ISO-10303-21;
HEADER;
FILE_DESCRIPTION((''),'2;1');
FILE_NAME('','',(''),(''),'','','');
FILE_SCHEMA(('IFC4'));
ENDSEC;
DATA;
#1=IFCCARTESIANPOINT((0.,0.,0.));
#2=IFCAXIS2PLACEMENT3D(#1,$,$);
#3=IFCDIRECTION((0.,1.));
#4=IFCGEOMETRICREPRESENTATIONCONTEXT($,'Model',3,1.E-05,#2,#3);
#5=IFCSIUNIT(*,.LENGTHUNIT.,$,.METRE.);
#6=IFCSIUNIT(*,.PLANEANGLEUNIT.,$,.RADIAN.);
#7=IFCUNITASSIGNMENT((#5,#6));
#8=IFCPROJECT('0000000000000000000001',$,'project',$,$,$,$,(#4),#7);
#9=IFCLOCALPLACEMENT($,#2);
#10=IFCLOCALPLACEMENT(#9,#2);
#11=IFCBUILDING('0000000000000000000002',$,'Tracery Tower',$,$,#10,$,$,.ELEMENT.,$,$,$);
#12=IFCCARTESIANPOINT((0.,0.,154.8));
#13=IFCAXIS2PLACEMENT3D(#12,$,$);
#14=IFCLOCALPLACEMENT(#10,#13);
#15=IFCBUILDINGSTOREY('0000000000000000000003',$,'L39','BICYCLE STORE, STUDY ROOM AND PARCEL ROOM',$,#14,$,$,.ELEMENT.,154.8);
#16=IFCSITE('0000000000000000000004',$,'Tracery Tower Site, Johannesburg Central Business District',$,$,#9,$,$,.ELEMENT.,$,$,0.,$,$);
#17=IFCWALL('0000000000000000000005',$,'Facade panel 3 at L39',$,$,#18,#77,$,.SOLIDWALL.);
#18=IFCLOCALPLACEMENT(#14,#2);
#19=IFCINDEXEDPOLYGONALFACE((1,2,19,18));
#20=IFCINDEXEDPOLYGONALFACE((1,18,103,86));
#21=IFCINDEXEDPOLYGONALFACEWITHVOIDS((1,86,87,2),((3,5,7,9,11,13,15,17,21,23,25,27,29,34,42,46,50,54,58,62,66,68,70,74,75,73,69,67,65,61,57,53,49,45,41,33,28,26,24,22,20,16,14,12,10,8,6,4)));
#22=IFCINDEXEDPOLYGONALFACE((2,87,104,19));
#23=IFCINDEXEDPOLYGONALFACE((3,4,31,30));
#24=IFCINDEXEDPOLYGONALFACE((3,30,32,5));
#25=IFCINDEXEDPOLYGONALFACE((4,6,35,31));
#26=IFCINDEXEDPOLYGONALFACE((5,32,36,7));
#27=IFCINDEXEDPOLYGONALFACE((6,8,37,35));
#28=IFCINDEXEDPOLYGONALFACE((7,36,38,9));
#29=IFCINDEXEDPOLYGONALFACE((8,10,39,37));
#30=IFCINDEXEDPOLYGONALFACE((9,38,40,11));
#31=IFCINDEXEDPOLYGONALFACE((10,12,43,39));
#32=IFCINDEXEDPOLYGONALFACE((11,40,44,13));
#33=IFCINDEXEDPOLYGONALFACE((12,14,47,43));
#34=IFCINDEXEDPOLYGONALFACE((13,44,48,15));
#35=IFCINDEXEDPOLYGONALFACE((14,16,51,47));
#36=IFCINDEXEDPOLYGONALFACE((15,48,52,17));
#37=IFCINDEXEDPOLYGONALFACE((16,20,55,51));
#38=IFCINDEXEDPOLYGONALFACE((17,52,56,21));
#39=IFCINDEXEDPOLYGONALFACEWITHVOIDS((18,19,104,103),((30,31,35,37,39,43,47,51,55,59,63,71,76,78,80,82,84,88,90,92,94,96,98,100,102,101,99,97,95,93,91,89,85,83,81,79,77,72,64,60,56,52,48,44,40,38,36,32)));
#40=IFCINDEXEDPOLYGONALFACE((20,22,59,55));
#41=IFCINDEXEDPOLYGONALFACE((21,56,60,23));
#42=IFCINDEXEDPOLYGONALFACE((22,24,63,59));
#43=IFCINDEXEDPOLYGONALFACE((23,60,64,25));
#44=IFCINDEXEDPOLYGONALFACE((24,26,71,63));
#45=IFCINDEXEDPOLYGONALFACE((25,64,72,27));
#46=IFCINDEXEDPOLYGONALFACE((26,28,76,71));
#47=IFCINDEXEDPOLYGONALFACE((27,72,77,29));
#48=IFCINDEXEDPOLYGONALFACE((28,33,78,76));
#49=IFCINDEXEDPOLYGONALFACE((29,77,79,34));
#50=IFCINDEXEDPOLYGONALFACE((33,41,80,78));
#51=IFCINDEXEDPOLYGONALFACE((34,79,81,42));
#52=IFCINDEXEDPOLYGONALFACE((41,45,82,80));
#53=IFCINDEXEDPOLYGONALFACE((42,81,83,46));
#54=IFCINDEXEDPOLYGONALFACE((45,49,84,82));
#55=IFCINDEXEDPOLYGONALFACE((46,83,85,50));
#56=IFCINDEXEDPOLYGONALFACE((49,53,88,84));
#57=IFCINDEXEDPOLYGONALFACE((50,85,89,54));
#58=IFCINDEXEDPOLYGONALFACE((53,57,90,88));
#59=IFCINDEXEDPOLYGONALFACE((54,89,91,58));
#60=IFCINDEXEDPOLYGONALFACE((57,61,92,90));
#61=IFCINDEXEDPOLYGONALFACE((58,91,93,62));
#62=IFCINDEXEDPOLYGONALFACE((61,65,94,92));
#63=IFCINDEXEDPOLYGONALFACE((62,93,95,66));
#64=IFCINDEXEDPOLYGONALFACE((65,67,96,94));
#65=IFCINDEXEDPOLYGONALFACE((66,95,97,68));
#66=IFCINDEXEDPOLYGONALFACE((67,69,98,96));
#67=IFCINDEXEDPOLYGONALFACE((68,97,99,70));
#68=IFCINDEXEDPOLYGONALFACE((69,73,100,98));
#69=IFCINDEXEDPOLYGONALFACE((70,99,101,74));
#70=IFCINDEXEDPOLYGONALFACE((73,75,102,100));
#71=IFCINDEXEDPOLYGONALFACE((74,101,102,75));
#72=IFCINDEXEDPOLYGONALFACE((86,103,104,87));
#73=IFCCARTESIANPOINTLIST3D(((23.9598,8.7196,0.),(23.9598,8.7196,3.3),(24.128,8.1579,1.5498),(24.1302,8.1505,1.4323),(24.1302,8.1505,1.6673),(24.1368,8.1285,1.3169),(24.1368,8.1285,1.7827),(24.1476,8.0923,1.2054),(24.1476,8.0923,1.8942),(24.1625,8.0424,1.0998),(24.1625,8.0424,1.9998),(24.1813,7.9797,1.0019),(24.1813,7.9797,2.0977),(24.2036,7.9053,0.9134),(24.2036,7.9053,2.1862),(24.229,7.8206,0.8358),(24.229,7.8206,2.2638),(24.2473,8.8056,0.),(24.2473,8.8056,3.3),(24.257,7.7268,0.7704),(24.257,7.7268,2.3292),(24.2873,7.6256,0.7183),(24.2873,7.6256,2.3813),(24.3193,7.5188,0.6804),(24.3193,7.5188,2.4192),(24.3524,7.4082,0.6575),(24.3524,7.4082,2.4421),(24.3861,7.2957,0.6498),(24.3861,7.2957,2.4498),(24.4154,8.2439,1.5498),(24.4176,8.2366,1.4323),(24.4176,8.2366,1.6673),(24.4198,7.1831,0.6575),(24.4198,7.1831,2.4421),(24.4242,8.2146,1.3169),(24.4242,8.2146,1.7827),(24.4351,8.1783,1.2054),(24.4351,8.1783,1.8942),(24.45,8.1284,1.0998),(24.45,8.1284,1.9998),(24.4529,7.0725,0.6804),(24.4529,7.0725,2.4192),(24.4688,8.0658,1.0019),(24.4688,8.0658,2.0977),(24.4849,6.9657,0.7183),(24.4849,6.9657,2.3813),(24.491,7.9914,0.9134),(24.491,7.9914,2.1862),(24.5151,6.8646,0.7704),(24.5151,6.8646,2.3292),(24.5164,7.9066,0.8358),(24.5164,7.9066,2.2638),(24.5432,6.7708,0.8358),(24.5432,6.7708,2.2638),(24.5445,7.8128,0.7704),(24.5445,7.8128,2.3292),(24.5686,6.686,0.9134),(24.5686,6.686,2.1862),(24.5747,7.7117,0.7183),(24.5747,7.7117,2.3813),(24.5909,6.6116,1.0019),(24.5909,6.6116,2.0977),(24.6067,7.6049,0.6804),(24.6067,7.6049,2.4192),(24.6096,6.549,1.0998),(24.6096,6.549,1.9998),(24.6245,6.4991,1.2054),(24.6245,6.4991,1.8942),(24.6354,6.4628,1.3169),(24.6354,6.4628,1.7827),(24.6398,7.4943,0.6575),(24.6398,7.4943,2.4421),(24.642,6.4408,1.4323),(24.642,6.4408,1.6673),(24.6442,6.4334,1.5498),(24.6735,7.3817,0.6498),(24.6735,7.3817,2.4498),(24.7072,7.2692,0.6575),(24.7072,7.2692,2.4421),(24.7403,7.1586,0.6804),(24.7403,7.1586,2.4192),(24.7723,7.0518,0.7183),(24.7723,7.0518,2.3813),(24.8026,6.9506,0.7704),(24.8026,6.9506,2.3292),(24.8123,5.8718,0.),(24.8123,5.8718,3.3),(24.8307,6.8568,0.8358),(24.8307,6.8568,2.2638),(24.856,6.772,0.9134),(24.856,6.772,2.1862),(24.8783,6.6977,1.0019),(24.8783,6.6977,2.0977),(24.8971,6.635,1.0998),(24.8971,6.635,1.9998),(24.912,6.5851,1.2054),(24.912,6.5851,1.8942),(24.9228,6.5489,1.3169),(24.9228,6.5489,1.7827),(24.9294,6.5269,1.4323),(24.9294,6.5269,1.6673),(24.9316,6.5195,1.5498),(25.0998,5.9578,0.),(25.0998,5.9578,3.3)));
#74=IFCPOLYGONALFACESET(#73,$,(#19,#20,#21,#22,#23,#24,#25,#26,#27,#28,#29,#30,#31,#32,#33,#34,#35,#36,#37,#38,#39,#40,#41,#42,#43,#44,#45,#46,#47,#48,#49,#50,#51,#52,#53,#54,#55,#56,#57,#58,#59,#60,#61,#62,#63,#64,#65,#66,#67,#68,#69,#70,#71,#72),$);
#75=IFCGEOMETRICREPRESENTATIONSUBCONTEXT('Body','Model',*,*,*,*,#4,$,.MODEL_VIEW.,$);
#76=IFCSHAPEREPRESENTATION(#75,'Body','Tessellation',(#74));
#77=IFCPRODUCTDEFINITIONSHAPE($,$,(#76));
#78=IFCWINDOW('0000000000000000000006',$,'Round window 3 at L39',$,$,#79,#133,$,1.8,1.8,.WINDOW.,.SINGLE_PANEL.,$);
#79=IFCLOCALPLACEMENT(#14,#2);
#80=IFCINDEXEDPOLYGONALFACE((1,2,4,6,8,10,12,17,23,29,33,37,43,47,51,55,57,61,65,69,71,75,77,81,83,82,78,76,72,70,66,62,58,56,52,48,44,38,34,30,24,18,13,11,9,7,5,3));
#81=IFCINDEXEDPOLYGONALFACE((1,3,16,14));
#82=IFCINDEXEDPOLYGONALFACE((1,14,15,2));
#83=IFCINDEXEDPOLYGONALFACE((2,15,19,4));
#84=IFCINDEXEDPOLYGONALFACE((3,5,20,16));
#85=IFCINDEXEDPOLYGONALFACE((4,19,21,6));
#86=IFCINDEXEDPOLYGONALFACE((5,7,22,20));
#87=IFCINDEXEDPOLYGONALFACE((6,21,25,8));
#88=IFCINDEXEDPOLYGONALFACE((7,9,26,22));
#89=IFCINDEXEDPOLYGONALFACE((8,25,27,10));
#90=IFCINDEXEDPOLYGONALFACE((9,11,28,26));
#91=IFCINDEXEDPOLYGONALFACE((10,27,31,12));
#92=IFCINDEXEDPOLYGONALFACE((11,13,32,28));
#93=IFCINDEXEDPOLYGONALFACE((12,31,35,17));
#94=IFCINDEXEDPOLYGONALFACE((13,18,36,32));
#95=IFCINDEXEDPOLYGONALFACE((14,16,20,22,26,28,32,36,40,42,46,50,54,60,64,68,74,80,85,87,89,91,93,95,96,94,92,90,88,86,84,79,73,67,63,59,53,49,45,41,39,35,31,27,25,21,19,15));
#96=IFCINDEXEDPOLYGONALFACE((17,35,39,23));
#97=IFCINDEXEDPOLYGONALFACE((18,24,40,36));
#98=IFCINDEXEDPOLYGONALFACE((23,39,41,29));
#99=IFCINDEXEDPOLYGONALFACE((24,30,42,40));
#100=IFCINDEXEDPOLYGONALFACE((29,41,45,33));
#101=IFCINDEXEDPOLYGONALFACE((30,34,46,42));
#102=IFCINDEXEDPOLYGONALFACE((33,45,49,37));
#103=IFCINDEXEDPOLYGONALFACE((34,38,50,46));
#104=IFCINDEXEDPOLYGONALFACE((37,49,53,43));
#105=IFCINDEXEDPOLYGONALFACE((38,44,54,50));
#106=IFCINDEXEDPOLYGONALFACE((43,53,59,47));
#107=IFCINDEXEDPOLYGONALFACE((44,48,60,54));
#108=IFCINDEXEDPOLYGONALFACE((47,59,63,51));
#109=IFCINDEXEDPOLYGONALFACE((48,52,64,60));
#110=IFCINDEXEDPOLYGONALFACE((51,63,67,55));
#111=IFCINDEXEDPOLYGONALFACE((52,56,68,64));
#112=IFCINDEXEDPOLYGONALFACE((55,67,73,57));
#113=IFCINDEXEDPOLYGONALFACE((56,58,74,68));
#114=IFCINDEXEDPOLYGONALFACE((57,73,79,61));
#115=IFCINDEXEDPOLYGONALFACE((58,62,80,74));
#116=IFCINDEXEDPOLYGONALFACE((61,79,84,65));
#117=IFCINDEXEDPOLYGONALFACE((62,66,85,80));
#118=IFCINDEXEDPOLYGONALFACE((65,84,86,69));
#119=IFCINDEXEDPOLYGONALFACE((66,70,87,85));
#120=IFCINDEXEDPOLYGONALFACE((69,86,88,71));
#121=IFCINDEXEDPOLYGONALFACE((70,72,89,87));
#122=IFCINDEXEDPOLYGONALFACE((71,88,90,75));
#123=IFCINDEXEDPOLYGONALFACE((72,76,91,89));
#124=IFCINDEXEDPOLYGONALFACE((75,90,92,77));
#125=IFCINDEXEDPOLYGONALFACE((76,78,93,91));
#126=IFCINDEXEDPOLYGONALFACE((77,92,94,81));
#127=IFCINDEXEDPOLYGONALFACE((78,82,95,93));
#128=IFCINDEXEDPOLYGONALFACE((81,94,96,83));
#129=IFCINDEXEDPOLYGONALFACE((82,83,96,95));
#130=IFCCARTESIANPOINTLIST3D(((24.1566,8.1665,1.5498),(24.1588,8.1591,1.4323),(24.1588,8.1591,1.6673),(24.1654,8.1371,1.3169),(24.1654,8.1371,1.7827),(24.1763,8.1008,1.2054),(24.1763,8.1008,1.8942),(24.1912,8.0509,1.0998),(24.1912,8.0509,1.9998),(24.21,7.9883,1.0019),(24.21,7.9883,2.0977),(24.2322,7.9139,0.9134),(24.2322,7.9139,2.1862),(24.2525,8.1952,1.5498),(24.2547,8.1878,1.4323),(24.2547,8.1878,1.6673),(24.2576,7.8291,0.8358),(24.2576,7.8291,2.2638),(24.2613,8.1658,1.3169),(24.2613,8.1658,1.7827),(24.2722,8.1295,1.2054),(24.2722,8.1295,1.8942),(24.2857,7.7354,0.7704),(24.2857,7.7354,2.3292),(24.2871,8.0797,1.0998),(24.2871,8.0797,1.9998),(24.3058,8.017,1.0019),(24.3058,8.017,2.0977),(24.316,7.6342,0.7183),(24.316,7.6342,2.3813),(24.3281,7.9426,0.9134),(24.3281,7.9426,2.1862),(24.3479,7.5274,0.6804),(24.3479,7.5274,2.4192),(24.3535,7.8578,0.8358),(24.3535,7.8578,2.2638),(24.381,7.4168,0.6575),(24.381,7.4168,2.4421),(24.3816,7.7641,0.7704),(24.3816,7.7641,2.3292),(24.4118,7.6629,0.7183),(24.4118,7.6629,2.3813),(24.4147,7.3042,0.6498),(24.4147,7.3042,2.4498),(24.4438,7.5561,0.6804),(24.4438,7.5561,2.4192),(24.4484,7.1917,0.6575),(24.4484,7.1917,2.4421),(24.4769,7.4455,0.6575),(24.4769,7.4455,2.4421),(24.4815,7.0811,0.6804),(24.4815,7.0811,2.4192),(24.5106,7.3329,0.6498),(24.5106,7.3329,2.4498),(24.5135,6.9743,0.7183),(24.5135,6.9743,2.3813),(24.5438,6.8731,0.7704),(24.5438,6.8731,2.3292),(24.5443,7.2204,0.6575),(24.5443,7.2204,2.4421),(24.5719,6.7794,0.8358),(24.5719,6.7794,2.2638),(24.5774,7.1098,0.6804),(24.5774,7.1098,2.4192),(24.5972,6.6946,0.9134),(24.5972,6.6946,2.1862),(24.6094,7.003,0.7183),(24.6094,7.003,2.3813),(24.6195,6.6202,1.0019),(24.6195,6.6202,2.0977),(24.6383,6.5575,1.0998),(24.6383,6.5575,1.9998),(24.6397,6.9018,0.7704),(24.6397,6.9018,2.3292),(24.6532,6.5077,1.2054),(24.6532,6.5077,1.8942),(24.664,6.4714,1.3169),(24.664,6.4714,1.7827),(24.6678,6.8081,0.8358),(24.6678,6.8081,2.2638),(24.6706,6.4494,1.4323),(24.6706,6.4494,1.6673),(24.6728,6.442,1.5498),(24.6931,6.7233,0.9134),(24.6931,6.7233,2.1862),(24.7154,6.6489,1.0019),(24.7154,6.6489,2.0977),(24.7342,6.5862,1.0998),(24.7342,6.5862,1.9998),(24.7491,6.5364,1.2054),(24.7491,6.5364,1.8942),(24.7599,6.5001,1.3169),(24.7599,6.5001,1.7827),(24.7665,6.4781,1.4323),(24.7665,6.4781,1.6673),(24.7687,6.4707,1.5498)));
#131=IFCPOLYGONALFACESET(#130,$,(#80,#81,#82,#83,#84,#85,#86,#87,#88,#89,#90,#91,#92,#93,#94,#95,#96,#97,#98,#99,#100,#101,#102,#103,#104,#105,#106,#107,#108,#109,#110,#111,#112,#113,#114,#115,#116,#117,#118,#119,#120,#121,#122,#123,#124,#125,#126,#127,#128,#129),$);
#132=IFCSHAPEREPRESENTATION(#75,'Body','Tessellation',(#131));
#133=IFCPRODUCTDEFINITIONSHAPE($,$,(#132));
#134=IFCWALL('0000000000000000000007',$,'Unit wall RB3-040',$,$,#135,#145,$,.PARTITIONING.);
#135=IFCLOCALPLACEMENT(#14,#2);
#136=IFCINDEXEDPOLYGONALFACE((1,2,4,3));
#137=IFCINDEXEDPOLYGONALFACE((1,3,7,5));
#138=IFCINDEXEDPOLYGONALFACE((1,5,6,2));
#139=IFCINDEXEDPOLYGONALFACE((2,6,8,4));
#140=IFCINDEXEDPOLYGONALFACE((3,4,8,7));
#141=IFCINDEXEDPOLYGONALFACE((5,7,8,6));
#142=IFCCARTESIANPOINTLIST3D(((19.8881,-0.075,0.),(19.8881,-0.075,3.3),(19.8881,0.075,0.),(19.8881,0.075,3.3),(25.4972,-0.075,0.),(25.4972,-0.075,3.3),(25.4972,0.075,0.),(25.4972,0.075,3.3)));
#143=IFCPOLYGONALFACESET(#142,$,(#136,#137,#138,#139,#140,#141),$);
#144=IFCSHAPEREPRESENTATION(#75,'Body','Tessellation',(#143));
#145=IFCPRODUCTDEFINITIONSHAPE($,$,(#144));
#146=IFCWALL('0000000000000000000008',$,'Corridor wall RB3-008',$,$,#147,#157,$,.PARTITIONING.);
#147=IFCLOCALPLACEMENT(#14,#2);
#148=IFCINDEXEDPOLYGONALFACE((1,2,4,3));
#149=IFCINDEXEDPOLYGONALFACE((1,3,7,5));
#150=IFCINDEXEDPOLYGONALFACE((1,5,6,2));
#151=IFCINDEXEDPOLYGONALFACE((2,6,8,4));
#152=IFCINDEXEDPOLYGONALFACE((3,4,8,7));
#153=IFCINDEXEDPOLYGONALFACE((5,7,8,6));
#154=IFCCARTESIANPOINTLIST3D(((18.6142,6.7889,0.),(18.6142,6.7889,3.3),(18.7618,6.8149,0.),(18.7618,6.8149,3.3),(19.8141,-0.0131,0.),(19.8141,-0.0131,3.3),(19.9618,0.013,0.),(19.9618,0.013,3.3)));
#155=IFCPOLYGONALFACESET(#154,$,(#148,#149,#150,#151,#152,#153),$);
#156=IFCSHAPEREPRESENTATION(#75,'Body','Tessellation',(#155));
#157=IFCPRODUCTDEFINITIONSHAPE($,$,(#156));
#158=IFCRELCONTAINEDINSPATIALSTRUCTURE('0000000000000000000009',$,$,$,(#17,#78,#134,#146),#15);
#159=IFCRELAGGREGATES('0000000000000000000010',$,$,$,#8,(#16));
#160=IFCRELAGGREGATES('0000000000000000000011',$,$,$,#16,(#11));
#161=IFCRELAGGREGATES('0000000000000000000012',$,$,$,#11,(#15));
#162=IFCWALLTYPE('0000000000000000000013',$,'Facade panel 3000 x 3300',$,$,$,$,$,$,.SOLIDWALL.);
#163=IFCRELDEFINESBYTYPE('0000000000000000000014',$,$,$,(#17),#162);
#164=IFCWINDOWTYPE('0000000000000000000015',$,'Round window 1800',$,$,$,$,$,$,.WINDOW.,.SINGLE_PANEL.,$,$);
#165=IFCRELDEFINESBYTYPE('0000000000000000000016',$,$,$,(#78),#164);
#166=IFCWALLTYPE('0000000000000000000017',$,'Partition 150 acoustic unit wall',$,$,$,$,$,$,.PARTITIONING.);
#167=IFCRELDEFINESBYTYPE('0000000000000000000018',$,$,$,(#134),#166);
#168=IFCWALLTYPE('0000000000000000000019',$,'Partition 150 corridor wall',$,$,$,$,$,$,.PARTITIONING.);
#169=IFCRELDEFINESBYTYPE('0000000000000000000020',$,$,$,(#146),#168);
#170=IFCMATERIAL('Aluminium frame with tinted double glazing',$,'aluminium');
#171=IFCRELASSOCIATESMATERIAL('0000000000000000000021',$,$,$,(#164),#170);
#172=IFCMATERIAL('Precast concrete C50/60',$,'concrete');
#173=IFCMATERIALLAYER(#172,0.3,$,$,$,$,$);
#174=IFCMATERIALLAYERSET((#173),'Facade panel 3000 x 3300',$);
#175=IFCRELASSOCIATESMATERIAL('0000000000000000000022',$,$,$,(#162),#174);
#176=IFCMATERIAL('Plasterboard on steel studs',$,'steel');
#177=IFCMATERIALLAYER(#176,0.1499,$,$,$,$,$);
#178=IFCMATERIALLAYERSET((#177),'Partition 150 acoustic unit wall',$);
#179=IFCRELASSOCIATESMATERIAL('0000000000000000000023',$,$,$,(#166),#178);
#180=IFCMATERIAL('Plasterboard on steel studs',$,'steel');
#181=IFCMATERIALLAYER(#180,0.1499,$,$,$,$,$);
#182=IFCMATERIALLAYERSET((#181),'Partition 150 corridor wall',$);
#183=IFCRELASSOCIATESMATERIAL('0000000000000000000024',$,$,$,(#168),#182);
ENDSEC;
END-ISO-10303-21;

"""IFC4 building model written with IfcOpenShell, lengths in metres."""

from ifc_helpers import new_model, si_unit, direction, frame, frame_2d, origin, origin_2d, place, context, subcontext, project, spatial, rectangle, circle, extrude, material, layer, layer_set, type_object, element, fill, save


model = new_model("IFC4")

# Units and contexts
model_context = context("Model", 3, precision=1e-05, world=origin(), true_north=direction((0.0, 1.0)))
body_context = subcontext(model_context, "Body", "Model", "MODEL_VIEW")
ifc_project = project(units=[si_unit("LENGTHUNIT", "METRE"), si_unit("PLANEANGLEUNIT", "RADIAN")], contexts=[model_context])

# Site, building, storey
site_placement = place(None, origin())
site = spatial("IfcSite", under=ifc_project, at=site_placement, Name="Tracery Tower Site, Johannesburg Central Business District", CompositionType="ELEMENT", RefElevation=0.0)
building_placement = place(site_placement, origin())
building = spatial("IfcBuilding", under=site, at=building_placement, Name="Tracery Tower", CompositionType="ELEMENT")
storey_placement = place(building_placement, frame((0.0, 0.0, 154.8)))
storey = spatial("IfcBuildingStorey", under=building, at=storey_placement, Name="L39", Description="BICYCLE STORE, STUDY ROOM AND PARCEL ROOM", CompositionType="ELEMENT", Elevation=154.8)

# Wall, opening, window
ifc_material_1 = material(Name="Aluminium frame with tinted double glazing", Category="aluminium")
window_type = type_object("IfcWindowType", Name="Round window 1800", PartitioningType="SINGLE_PANEL", PredefinedType="WINDOW", material=ifc_material_1)
ifc_material_2 = material(Name="Precast concrete C50/60", Category="concrete")
ifc_layer_1 = layer(ifc_material_2, 0.3)
ifc_layer_set_1 = layer_set([ifc_layer_1], Name="Facade panel 3000 x 3300")
wall_type_1 = type_object("IfcWallType", Name="Facade panel 3000 x 3300", PredefinedType="SOLIDWALL", material=ifc_layer_set_1)
wall_1_placement = place(storey_placement, frame((24.9561, 5.9148, 0.0), z_axis=(0.0, 0.0, 1.0), x_axis=(-0.286783, 0.957996, 0.0)))
wall_1 = element("IfcWall", 1, at=wall_1_placement, inside=storey, type_object=wall_type_1, Name="Facade panel 3 at L39", PredefinedType="SOLIDWALL", context=body_context, shape_type="SweptSolid", body=[
    extrude(rectangle(XDim=2.9727, YDim=0.3, at=frame_2d((1.4863, 0.0))), origin(), (0.0, 0.0, 1.0), 3.3),
])
opening_1_placement = place(wall_1_placement, frame((1.4863, 0.0, 1.5498)))
opening_1 = element("IfcOpeningElement", 2, at=opening_1_placement, cuts=wall_1, PredefinedType="OPENING", context=body_context, shape_type="SweptSolid", body=[
    extrude(circle(Radius=0.9, at=origin_2d()), frame((0.0, 0.1599, 0.0), z_axis=(0.0, -1.0, 0.0), x_axis=(1.0, 0.0, 0.0)), (0.0, 0.0, 1.0), 0.3201),
])
window_1_placement = place(opening_1_placement, origin())
window_1 = element("IfcWindow", 3, at=window_1_placement, inside=storey, type_object=window_type, Name="Round window 3 at L39", OverallHeight=1.8, OverallWidth=1.8, PartitioningType="SINGLE_PANEL", PredefinedType="WINDOW", context=body_context, shape_type="SweptSolid", body=[
    extrude(circle(Radius=0.9, at=origin_2d()), frame((0.0, 0.1201, 0.0), z_axis=(0.0, -1.0, 0.0), x_axis=(1.0, 0.0, 0.0)), (0.0, 0.0, 1.0), 0.1001),
])
fill(opening_1, window_1)

# Walls
ifc_material_3 = material(Name="Plasterboard on steel studs", Category="steel")
ifc_layer_2 = layer(ifc_material_3, 0.1499)
ifc_layer_set_2 = layer_set([ifc_layer_2], Name="Partition 150 acoustic unit wall")
wall_type_2 = type_object("IfcWallType", Name="Partition 150 acoustic unit wall", PredefinedType="PARTITIONING", material=ifc_layer_set_2)
wall_2_placement = place(storey_placement, frame((19.8879, 0.0, 0.0), z_axis=(0.0, 0.0, 1.0), x_axis=(1.0, 0.0, 0.0)))
element("IfcWall", 4, at=wall_2_placement, inside=storey, type_object=wall_type_2, Name="Unit wall RB3-040", PredefinedType="PARTITIONING", context=body_context, shape_type="SweptSolid", body=[
    extrude(rectangle(XDim=5.6091, YDim=0.1499, at=frame_2d((2.8047, 0.0))), origin(), (0.0, 0.0, 1.0), 3.3),
])
ifc_material_4 = material(Name="Plasterboard on steel studs", Category="steel")
ifc_layer_3 = layer(ifc_material_4, 0.1499)
ifc_layer_set_3 = layer_set([ifc_layer_3], Name="Partition 150 corridor wall")
wall_type_3 = type_object("IfcWallType", Name="Partition 150 corridor wall", PredefinedType="PARTITIONING", material=ifc_layer_set_3)
wall_3_placement = place(storey_placement, frame((18.688, 6.802, 0.0), z_axis=(0.0, 0.0, 1.0), x_axis=(0.173729, -0.984794, 0.0)))
element("IfcWall", 5, at=wall_3_placement, inside=storey, type_object=wall_type_3, Name="Corridor wall RB3-008", PredefinedType="PARTITIONING", context=body_context, shape_type="SweptSolid", body=[
    extrude(rectangle(XDim=6.907, YDim=0.1499, at=frame_2d((3.4536, 0.0))), origin(), (0.0, 0.0, 1.0), 3.3),
])

save(model, "model.ifc")
